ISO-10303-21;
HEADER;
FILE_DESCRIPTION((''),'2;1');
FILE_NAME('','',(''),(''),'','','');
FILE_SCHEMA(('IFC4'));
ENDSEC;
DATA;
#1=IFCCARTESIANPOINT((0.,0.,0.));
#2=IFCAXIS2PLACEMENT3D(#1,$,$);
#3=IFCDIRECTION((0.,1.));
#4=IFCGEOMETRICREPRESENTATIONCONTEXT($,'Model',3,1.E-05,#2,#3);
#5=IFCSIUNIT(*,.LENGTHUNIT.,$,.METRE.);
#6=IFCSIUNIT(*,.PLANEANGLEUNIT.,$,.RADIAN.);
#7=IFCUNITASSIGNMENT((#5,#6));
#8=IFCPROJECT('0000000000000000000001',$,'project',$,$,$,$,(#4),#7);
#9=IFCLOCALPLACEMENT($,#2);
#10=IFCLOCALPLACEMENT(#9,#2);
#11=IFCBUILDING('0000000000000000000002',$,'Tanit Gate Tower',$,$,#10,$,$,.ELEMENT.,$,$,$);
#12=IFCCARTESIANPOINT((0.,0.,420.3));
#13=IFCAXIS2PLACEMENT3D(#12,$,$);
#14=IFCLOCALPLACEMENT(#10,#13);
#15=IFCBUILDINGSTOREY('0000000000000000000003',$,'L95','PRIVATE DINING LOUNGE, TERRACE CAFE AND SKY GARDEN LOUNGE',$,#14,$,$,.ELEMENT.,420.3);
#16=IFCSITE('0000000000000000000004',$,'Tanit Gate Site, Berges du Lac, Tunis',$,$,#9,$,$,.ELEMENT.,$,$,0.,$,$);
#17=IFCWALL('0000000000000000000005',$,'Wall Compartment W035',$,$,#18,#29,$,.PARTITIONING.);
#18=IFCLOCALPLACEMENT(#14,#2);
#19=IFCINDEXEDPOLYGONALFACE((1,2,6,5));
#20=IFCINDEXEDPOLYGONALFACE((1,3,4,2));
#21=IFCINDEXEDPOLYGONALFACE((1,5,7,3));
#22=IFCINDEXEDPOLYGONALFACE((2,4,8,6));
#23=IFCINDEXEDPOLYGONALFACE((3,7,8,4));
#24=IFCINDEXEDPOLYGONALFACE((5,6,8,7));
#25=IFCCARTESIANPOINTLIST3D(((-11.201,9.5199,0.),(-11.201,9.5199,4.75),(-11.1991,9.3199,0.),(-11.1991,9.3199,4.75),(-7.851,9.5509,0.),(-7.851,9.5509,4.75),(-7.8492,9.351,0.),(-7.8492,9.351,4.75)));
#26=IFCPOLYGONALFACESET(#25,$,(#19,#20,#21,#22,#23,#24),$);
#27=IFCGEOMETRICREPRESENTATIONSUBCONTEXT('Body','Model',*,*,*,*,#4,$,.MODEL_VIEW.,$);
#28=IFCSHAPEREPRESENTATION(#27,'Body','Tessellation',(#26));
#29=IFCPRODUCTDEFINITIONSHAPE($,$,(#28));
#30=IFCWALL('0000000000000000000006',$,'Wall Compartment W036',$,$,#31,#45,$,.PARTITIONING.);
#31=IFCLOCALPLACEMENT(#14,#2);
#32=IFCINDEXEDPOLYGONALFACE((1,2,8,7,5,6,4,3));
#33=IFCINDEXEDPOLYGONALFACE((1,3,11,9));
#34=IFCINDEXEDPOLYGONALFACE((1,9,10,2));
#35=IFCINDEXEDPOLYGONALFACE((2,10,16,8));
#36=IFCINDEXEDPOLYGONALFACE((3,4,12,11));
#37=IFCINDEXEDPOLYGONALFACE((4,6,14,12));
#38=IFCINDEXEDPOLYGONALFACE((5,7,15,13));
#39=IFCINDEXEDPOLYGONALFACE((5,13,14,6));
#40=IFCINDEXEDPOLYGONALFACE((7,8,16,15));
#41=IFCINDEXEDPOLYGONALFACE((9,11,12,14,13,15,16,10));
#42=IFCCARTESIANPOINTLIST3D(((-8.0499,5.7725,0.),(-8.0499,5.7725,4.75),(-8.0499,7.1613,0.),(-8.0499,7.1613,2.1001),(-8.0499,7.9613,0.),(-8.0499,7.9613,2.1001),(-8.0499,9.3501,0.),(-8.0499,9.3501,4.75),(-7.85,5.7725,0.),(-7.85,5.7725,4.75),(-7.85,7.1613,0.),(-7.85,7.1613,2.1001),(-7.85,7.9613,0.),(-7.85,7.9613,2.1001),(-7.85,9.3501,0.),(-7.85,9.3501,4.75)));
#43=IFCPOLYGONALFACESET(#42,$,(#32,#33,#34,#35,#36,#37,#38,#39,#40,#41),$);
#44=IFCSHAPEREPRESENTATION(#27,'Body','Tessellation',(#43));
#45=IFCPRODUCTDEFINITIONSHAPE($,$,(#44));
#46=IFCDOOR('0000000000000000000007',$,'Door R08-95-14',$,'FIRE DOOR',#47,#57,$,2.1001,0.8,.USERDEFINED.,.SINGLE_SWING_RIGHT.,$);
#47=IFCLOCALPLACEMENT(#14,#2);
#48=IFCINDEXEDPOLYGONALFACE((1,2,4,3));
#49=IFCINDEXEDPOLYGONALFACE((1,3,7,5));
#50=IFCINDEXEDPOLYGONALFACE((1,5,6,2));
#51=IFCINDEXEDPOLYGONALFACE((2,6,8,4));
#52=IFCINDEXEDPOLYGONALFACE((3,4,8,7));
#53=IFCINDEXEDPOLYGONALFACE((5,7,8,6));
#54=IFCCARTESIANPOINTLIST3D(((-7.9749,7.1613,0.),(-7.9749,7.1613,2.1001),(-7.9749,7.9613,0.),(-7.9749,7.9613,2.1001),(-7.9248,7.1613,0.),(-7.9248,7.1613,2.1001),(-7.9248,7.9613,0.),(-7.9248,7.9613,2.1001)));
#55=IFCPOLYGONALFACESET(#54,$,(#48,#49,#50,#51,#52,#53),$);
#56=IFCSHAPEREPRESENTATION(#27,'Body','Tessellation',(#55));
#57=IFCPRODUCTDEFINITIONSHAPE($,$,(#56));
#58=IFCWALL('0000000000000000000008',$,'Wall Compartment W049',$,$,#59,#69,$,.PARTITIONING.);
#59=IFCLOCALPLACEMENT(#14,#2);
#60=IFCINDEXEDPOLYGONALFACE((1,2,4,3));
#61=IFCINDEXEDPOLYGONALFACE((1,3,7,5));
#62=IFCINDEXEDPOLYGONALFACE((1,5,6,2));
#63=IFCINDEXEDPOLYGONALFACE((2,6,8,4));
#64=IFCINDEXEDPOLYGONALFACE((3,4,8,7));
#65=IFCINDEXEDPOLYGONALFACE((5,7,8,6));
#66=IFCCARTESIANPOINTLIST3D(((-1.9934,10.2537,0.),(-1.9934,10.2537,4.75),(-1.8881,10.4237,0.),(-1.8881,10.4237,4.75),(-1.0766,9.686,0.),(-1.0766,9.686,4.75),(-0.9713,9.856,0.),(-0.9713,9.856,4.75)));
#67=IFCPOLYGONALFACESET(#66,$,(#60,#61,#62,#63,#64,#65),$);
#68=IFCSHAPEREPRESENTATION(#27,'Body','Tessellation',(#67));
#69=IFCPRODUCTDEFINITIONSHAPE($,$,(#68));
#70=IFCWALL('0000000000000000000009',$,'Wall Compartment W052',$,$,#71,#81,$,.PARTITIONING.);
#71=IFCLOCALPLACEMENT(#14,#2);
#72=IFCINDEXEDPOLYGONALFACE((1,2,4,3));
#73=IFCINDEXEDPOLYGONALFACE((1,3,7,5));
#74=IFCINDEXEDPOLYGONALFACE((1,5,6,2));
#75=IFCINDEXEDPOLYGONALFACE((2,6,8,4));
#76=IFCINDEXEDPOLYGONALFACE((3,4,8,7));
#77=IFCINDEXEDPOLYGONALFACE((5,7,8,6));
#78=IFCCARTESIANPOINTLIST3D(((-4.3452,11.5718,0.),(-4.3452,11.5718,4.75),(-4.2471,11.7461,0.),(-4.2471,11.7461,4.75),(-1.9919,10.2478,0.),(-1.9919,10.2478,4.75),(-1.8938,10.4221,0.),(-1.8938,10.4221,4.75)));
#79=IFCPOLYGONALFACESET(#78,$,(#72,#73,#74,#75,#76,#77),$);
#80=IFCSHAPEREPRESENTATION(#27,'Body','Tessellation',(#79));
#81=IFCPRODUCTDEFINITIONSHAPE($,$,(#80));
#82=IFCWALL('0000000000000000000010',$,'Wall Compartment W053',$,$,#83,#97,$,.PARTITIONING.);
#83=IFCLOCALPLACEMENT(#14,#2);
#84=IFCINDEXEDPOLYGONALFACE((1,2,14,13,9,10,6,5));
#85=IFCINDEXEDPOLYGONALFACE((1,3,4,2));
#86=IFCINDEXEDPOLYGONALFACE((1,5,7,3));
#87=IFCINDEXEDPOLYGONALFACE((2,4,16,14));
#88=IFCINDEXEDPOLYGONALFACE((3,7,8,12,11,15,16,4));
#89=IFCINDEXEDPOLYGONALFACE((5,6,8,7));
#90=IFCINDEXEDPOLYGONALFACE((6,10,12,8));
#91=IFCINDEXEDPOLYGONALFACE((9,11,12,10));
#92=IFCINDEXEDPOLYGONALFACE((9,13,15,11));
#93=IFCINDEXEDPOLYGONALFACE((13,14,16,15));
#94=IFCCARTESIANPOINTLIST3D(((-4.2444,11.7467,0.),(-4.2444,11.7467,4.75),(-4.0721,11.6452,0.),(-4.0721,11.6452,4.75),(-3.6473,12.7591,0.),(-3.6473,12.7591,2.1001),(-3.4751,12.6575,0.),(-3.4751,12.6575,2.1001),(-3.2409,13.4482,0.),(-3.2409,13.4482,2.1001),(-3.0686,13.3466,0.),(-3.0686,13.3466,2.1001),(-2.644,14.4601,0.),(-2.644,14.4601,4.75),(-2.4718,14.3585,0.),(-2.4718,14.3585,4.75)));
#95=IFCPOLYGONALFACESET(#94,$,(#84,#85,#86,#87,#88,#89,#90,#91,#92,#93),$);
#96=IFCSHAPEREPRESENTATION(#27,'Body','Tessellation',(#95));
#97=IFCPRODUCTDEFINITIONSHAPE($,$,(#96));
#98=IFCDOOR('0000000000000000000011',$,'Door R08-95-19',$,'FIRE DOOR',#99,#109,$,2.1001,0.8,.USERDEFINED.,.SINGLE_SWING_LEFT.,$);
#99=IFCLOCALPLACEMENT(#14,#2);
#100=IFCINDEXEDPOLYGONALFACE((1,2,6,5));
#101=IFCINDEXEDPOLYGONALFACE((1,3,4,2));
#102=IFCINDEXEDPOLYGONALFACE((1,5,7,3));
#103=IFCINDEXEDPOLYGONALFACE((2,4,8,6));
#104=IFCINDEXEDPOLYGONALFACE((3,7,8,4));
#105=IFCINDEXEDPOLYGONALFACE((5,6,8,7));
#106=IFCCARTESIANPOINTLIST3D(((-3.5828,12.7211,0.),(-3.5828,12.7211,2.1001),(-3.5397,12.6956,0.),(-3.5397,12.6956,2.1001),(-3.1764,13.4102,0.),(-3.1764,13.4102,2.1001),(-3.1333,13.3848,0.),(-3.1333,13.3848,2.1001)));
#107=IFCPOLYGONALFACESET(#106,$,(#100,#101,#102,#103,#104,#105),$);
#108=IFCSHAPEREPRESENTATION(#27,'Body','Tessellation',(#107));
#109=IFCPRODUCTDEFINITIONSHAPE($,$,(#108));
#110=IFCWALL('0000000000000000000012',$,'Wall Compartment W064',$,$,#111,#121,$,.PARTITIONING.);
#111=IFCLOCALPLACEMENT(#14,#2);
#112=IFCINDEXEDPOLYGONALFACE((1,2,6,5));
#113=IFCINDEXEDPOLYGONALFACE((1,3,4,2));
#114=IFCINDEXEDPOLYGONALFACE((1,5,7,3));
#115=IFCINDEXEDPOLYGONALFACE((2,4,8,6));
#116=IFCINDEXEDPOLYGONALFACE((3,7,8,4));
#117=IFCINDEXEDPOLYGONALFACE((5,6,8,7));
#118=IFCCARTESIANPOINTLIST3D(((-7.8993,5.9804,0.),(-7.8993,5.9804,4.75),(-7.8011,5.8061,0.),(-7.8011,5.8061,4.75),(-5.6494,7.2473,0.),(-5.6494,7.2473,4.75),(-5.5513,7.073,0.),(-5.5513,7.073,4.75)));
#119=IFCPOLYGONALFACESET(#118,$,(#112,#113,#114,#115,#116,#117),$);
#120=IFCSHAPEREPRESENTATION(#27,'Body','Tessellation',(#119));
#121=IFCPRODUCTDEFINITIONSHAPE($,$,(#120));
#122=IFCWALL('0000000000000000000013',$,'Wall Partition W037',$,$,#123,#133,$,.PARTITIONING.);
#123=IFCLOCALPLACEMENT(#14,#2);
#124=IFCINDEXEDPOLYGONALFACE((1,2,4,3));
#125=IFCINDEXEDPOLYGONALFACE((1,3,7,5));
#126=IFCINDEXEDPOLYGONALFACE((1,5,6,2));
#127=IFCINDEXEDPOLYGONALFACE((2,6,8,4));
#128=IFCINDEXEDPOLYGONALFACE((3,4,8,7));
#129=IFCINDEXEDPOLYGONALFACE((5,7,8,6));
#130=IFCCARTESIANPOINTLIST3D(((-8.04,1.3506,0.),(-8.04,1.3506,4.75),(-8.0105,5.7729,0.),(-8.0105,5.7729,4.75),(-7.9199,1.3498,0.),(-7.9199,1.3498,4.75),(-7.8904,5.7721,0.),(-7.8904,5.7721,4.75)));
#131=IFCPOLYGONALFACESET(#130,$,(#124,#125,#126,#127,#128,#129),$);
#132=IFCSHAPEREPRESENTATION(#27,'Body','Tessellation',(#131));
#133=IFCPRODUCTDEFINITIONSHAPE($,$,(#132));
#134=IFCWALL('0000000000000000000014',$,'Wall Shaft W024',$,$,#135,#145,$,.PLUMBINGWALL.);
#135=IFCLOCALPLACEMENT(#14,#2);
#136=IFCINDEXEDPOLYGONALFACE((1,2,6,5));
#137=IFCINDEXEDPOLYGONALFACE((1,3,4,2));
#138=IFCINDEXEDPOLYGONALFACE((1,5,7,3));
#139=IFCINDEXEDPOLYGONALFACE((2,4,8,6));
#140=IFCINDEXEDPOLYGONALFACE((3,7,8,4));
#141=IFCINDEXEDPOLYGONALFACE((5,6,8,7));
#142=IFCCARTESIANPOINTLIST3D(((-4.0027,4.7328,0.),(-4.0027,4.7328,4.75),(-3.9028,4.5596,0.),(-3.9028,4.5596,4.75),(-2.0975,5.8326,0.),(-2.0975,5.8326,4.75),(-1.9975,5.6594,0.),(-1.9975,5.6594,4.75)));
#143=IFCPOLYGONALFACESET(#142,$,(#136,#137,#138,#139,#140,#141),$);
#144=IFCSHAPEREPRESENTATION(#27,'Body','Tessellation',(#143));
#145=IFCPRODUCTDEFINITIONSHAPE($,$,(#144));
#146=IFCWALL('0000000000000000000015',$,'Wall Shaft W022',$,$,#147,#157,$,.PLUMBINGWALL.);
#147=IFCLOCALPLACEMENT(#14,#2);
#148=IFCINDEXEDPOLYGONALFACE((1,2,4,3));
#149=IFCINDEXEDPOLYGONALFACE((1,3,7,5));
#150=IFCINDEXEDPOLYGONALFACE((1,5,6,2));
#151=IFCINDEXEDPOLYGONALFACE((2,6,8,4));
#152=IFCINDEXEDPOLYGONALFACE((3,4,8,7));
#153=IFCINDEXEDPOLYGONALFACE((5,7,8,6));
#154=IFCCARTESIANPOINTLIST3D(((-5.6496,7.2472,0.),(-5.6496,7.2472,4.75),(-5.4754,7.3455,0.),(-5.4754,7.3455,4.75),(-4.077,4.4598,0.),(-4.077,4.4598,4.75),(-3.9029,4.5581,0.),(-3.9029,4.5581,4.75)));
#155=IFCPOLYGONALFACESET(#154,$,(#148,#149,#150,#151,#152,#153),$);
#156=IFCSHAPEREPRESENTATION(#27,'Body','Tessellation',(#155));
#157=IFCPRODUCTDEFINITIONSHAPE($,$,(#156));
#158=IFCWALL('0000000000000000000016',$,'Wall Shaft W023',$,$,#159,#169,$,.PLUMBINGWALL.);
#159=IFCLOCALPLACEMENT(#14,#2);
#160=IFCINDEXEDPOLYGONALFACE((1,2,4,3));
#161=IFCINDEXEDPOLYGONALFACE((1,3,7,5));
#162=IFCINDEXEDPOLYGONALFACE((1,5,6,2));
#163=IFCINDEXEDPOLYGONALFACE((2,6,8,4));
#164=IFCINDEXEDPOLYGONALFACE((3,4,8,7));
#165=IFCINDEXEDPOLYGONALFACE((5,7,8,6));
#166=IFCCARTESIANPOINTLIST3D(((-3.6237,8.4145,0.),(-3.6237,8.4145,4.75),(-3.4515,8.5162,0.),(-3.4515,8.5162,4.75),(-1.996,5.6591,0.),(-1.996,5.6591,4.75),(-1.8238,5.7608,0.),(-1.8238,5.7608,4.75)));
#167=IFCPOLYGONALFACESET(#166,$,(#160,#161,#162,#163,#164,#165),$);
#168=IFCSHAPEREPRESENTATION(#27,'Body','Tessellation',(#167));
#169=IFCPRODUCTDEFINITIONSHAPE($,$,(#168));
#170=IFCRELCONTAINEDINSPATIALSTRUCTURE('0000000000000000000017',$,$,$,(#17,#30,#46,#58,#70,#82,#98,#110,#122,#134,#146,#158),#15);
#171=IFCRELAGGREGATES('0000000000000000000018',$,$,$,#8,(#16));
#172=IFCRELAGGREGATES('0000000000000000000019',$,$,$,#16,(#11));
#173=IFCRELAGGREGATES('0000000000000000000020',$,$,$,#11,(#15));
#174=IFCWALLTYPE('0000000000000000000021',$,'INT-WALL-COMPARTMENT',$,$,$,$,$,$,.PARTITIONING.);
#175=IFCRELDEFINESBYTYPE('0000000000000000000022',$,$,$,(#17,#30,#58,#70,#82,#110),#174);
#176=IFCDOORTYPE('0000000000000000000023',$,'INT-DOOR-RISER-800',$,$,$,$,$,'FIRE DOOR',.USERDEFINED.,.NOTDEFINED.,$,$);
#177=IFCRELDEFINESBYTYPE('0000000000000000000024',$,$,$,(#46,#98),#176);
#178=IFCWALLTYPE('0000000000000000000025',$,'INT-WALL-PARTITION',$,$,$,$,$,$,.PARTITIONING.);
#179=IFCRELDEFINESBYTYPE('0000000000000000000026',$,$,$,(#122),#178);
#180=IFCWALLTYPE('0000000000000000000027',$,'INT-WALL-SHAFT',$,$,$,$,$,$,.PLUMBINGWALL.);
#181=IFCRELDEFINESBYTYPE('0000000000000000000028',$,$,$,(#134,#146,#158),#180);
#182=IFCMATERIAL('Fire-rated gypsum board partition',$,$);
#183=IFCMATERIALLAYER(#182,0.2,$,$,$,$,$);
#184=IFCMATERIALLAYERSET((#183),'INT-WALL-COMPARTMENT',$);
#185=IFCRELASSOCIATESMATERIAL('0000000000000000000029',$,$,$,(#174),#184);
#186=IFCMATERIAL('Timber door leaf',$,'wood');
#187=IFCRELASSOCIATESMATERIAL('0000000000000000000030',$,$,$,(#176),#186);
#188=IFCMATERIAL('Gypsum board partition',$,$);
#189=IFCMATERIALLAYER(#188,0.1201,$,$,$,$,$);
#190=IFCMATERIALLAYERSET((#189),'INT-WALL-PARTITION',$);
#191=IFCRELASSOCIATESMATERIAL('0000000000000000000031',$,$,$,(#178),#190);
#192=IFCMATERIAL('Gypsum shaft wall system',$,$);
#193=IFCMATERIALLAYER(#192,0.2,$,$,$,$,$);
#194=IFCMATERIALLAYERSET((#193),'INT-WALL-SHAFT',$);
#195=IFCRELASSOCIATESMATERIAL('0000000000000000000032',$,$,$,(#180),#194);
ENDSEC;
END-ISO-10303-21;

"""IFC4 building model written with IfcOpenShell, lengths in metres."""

from ifc_helpers import new_model, si_unit, direction, frame, frame_2d, origin, place, context, subcontext, project, spatial, rectangle, extrude, material, layer, layer_set, type_object, element, fill, save


model = new_model("IFC4")

# Units and contexts
model_context = context("Model", 3, precision=1e-05, world=origin(), true_north=direction((0.0, 1.0)))
body_context = subcontext(model_context, "Body", "Model", "MODEL_VIEW")
ifc_project = project(units=[si_unit("LENGTHUNIT", "METRE"), si_unit("PLANEANGLEUNIT", "RADIAN")], contexts=[model_context])

# Site, building, storey
site_placement = place(None, origin())
site = spatial("IfcSite", under=ifc_project, at=site_placement, Name="Tanit Gate Site, Berges du Lac, Tunis", CompositionType="ELEMENT", RefElevation=0.0)
building_placement = place(site_placement, origin())
building = spatial("IfcBuilding", under=site, at=building_placement, Name="Tanit Gate Tower", CompositionType="ELEMENT")
storey_placement = place(building_placement, frame((0.0, 0.0, 420.3)))
storey = spatial("IfcBuildingStorey", under=building, at=storey_placement, Name="L95", Description="PRIVATE DINING LOUNGE, TERRACE CAFE AND SKY GARDEN LOUNGE", CompositionType="ELEMENT", Elevation=420.3)

# Wall
ifc_material_1 = material(Name="Fire-rated gypsum board partition")
ifc_layer_1 = layer(ifc_material_1, 0.2)
ifc_layer_set_1 = layer_set([ifc_layer_1], Name="INT-WALL-COMPARTMENT")
wall_type_1 = type_object("IfcWallType", Name="INT-WALL-COMPARTMENT", PredefinedType="PARTITIONING", material=ifc_layer_set_1)
wall_1_placement = place(storey_placement, frame((-7.8501, 9.4509, 0.0), z_axis=(0.0, 0.0, 1.0), x_axis=(-0.999957, -0.009255, 0.0)))
element("IfcWall", 1, at=wall_1_placement, inside=storey, type_object=wall_type_1, Name="Wall Compartment W035", PredefinedType="PARTITIONING", context=body_context, shape_type="SweptSolid", body=[
    extrude(rectangle(XDim=3.3501, YDim=0.2, at=frame_2d((1.675, 0.0))), origin(), (0.0, 0.0, 1.0), 4.75),
])

# Wall, opening, door
wall_2_placement = place(storey_placement, frame((-7.95, 5.7725, 0.0), z_axis=(0.0, 0.0, 1.0), x_axis=(0.0, 1.0, 0.0)))
wall_2 = element("IfcWall", 2, at=wall_2_placement, inside=storey, type_object=wall_type_1, Name="Wall Compartment W036", PredefinedType="PARTITIONING", context=body_context, shape_type="SweptSolid", body=[
    extrude(rectangle(XDim=3.5776, YDim=0.2, at=frame_2d((1.7888, 0.0))), origin(), (0.0, 0.0, 1.0), 4.75),
])
opening_1_placement = place(wall_2_placement, frame((1.3889, 0.0, 0.0)))
opening_1 = element("IfcOpeningElement", 3, at=opening_1_placement, cuts=wall_2, PredefinedType="OPENING", context=body_context, shape_type="SweptSolid", body=[
    extrude(rectangle(XDim=0.8, YDim=2.1001, at=frame_2d((0.3999, 1.05))), frame((0.0, 0.1099, 0.0), z_axis=(0.0, -1.0, 0.0), x_axis=(1.0, 0.0, 0.0)), (0.0, 0.0, 1.0), 0.22),
])
ifc_material_2 = material(Name="Timber door leaf", Category="wood")
door_type_1 = type_object("IfcDoorType", Name="INT-DOOR-RISER-800", ElementType="FIRE DOOR", OperationType="NOTDEFINED", PredefinedType="USERDEFINED", material=ifc_material_2)
door_1_placement = place(opening_1_placement, origin())
door_1 = element("IfcDoor", 4, at=door_1_placement, inside=storey, type_object=door_type_1, Name="Door R08-95-14", ObjectType="FIRE DOOR", OperationType="SINGLE_SWING_RIGHT", OverallHeight=2.1001, OverallWidth=0.8, PredefinedType="USERDEFINED", context=body_context, shape_type="SweptSolid", body=[
    extrude(rectangle(XDim=0.8, YDim=2.1001, at=frame_2d((0.3999, 1.05))), frame((0.0, 0.0249, 0.0), z_axis=(0.0, -1.0, 0.0), x_axis=(1.0, 0.0, 0.0)), (0.0, 0.0, 1.0), 0.05),
])
fill(opening_1, door_1)

# Walls
wall_3_placement = place(storey_placement, frame((-1.9407, 10.3386, 0.0), z_axis=(0.0, 0.0, 1.0), x_axis=(0.850217, -0.526433, 0.0)))
element("IfcWall", 5, at=wall_3_placement, inside=storey, type_object=wall_type_1, Name="Wall Compartment W049", PredefinedType="PARTITIONING", context=body_context, shape_type="SweptSolid", body=[
    extrude(rectangle(XDim=1.0784, YDim=0.2, at=frame_2d((0.5391, 0.0))), origin(), (0.0, 0.0, 1.0), 4.75),
])
wall_4_placement = place(storey_placement, frame((-4.2961, 11.6589, 0.0), z_axis=(0.0, 0.0, 1.0), x_axis=(0.871534, -0.490334, 0.0)))
element("IfcWall", 6, at=wall_4_placement, inside=storey, type_object=wall_type_1, Name="Wall Compartment W052", PredefinedType="PARTITIONING", context=body_context, shape_type="SweptSolid", body=[
    extrude(rectangle(XDim=2.7002, YDim=0.2, at=frame_2d((1.3501, 0.0))), origin(), (0.0, 0.0, 1.0), 4.75),
])

# Wall, opening, door
wall_5_placement = place(storey_placement, frame((-2.5579, 14.4094, 0.0), z_axis=(0.0, 0.0, 1.0), x_axis=(-0.508019, -0.861346, 0.0)))
wall_5 = element("IfcWall", 7, at=wall_5_placement, inside=storey, type_object=wall_type_1, Name="Wall Compartment W053", PredefinedType="PARTITIONING", context=body_context, shape_type="SweptSolid", body=[
    extrude(rectangle(XDim=3.1501, YDim=0.2, at=frame_2d((1.5752, 0.0))), origin(), (0.0, 0.0, 1.0), 4.75),
])
opening_2_placement = place(wall_5_placement, frame((1.175, 0.0, 0.0)))
opening_2 = element("IfcOpeningElement", 8, at=opening_2_placement, cuts=wall_5, PredefinedType="OPENING", context=body_context, shape_type="SweptSolid", body=[
    extrude(rectangle(XDim=0.8, YDim=2.1001, at=frame_2d((0.3999, 1.05))), frame((0.0, 0.1099, 0.0), z_axis=(0.0, -1.0, 0.0), x_axis=(1.0, 0.0, 0.0)), (0.0, 0.0, 1.0), 0.22),
])
door_2_placement = place(opening_2_placement, origin())
door_2 = element("IfcDoor", 9, at=door_2_placement, inside=storey, type_object=door_type_1, Name="Door R08-95-19", ObjectType="FIRE DOOR", OperationType="SINGLE_SWING_LEFT", OverallHeight=2.1001, OverallWidth=0.8, PredefinedType="USERDEFINED", context=body_context, shape_type="SweptSolid", body=[
    extrude(rectangle(XDim=0.8, YDim=2.1001, at=frame_2d((0.3999, 1.05))), frame((0.0, 0.0249, 0.0), z_axis=(0.0, -1.0, 0.0), x_axis=(1.0, 0.0, 0.0)), (0.0, 0.0, 1.0), 0.05),
])
fill(opening_2, door_2)

# Walls
wall_6_placement = place(storey_placement, frame((-5.6003, 7.1602, 0.0), z_axis=(0.0, 0.0, 1.0), x_axis=(-0.871351, -0.490661, 0.0)))
element("IfcWall", 10, at=wall_6_placement, inside=storey, type_object=wall_type_1, Name="Wall Compartment W064", PredefinedType="PARTITIONING", context=body_context, shape_type="SweptSolid", body=[
    extrude(rectangle(XDim=2.582, YDim=0.2, at=frame_2d((1.291, 0.0))), origin(), (0.0, 0.0, 1.0), 4.75),
])
ifc_material_3 = material(Name="Gypsum board partition")
ifc_layer_2 = layer(ifc_material_3, 0.1201)
ifc_layer_set_2 = layer_set([ifc_layer_2], Name="INT-WALL-PARTITION")
wall_type_2 = type_object("IfcWallType", Name="INT-WALL-PARTITION", PredefinedType="PARTITIONING", material=ifc_layer_set_2)
wall_7_placement = place(storey_placement, frame((-7.9504, 5.7725, 0.0), z_axis=(0.0, 0.0, 1.0), x_axis=(-0.00668, -0.999978, 0.0)))
element("IfcWall", 11, at=wall_7_placement, inside=storey, type_object=wall_type_2, Name="Wall Partition W037", PredefinedType="PARTITIONING", context=body_context, shape_type="SweptSolid", body=[
    extrude(rectangle(XDim=4.4224, YDim=0.1201, at=frame_2d((2.2112, 0.0))), origin(), (0.0, 0.0, 1.0), 4.75),
])

# Shared definitions
ifc_material_4 = material(Name="Gypsum shaft wall system")
ifc_layer_3 = layer(ifc_material_4, 0.2)
ifc_layer_set_3 = layer_set([ifc_layer_3], Name="INT-WALL-SHAFT")
wall_type_3 = type_object("IfcWallType", Name="INT-WALL-SHAFT", PredefinedType="PLUMBINGWALL", material=ifc_layer_set_3)

# Walls
wall_8_placement = place(storey_placement, frame((-2.0474, 5.7461, 0.0), z_axis=(0.0, 0.0, 1.0), x_axis=(-0.866056, -0.499947, 0.0)))
element("IfcWall", 12, at=wall_8_placement, inside=storey, type_object=wall_type_3, Name="Wall Shaft W024", PredefinedType="PLUMBINGWALL", context=body_context, shape_type="SweptSolid", body=[
    extrude(rectangle(XDim=2.2, YDim=0.2, at=frame_2d((1.1001, 0.0))), origin(), (0.0, 0.0, 1.0), 4.75),
])
wall_9_placement = place(storey_placement, frame((-3.99, 4.509, 0.0), z_axis=(0.0, 0.0, 1.0), x_axis=(-0.491358, 0.870958, 0.0)))
element("IfcWall", 13, at=wall_9_placement, inside=storey, type_object=wall_type_3, Name="Wall Shaft W022", PredefinedType="PLUMBINGWALL", context=body_context, shape_type="SweptSolid", body=[
    extrude(rectangle(XDim=3.2004, YDim=0.2, at=frame_2d((1.6001, 0.0))), origin(), (0.0, 0.0, 1.0), 4.75),
])
wall_10_placement = place(storey_placement, frame((-3.5376, 8.4653, 0.0), z_axis=(0.0, 0.0, 1.0), x_axis=(0.508616, -0.860993, 0.0)))
element("IfcWall", 14, at=wall_10_placement, inside=storey, type_object=wall_type_3, Name="Wall Shaft W023", PredefinedType="PLUMBINGWALL", context=body_context, shape_type="SweptSolid", body=[
    extrude(rectangle(XDim=3.2002, YDim=0.2, at=frame_2d((1.6001, 0.0))), origin(), (0.0, 0.0, 1.0), 4.75),
])

save(model, "model.ifc")
